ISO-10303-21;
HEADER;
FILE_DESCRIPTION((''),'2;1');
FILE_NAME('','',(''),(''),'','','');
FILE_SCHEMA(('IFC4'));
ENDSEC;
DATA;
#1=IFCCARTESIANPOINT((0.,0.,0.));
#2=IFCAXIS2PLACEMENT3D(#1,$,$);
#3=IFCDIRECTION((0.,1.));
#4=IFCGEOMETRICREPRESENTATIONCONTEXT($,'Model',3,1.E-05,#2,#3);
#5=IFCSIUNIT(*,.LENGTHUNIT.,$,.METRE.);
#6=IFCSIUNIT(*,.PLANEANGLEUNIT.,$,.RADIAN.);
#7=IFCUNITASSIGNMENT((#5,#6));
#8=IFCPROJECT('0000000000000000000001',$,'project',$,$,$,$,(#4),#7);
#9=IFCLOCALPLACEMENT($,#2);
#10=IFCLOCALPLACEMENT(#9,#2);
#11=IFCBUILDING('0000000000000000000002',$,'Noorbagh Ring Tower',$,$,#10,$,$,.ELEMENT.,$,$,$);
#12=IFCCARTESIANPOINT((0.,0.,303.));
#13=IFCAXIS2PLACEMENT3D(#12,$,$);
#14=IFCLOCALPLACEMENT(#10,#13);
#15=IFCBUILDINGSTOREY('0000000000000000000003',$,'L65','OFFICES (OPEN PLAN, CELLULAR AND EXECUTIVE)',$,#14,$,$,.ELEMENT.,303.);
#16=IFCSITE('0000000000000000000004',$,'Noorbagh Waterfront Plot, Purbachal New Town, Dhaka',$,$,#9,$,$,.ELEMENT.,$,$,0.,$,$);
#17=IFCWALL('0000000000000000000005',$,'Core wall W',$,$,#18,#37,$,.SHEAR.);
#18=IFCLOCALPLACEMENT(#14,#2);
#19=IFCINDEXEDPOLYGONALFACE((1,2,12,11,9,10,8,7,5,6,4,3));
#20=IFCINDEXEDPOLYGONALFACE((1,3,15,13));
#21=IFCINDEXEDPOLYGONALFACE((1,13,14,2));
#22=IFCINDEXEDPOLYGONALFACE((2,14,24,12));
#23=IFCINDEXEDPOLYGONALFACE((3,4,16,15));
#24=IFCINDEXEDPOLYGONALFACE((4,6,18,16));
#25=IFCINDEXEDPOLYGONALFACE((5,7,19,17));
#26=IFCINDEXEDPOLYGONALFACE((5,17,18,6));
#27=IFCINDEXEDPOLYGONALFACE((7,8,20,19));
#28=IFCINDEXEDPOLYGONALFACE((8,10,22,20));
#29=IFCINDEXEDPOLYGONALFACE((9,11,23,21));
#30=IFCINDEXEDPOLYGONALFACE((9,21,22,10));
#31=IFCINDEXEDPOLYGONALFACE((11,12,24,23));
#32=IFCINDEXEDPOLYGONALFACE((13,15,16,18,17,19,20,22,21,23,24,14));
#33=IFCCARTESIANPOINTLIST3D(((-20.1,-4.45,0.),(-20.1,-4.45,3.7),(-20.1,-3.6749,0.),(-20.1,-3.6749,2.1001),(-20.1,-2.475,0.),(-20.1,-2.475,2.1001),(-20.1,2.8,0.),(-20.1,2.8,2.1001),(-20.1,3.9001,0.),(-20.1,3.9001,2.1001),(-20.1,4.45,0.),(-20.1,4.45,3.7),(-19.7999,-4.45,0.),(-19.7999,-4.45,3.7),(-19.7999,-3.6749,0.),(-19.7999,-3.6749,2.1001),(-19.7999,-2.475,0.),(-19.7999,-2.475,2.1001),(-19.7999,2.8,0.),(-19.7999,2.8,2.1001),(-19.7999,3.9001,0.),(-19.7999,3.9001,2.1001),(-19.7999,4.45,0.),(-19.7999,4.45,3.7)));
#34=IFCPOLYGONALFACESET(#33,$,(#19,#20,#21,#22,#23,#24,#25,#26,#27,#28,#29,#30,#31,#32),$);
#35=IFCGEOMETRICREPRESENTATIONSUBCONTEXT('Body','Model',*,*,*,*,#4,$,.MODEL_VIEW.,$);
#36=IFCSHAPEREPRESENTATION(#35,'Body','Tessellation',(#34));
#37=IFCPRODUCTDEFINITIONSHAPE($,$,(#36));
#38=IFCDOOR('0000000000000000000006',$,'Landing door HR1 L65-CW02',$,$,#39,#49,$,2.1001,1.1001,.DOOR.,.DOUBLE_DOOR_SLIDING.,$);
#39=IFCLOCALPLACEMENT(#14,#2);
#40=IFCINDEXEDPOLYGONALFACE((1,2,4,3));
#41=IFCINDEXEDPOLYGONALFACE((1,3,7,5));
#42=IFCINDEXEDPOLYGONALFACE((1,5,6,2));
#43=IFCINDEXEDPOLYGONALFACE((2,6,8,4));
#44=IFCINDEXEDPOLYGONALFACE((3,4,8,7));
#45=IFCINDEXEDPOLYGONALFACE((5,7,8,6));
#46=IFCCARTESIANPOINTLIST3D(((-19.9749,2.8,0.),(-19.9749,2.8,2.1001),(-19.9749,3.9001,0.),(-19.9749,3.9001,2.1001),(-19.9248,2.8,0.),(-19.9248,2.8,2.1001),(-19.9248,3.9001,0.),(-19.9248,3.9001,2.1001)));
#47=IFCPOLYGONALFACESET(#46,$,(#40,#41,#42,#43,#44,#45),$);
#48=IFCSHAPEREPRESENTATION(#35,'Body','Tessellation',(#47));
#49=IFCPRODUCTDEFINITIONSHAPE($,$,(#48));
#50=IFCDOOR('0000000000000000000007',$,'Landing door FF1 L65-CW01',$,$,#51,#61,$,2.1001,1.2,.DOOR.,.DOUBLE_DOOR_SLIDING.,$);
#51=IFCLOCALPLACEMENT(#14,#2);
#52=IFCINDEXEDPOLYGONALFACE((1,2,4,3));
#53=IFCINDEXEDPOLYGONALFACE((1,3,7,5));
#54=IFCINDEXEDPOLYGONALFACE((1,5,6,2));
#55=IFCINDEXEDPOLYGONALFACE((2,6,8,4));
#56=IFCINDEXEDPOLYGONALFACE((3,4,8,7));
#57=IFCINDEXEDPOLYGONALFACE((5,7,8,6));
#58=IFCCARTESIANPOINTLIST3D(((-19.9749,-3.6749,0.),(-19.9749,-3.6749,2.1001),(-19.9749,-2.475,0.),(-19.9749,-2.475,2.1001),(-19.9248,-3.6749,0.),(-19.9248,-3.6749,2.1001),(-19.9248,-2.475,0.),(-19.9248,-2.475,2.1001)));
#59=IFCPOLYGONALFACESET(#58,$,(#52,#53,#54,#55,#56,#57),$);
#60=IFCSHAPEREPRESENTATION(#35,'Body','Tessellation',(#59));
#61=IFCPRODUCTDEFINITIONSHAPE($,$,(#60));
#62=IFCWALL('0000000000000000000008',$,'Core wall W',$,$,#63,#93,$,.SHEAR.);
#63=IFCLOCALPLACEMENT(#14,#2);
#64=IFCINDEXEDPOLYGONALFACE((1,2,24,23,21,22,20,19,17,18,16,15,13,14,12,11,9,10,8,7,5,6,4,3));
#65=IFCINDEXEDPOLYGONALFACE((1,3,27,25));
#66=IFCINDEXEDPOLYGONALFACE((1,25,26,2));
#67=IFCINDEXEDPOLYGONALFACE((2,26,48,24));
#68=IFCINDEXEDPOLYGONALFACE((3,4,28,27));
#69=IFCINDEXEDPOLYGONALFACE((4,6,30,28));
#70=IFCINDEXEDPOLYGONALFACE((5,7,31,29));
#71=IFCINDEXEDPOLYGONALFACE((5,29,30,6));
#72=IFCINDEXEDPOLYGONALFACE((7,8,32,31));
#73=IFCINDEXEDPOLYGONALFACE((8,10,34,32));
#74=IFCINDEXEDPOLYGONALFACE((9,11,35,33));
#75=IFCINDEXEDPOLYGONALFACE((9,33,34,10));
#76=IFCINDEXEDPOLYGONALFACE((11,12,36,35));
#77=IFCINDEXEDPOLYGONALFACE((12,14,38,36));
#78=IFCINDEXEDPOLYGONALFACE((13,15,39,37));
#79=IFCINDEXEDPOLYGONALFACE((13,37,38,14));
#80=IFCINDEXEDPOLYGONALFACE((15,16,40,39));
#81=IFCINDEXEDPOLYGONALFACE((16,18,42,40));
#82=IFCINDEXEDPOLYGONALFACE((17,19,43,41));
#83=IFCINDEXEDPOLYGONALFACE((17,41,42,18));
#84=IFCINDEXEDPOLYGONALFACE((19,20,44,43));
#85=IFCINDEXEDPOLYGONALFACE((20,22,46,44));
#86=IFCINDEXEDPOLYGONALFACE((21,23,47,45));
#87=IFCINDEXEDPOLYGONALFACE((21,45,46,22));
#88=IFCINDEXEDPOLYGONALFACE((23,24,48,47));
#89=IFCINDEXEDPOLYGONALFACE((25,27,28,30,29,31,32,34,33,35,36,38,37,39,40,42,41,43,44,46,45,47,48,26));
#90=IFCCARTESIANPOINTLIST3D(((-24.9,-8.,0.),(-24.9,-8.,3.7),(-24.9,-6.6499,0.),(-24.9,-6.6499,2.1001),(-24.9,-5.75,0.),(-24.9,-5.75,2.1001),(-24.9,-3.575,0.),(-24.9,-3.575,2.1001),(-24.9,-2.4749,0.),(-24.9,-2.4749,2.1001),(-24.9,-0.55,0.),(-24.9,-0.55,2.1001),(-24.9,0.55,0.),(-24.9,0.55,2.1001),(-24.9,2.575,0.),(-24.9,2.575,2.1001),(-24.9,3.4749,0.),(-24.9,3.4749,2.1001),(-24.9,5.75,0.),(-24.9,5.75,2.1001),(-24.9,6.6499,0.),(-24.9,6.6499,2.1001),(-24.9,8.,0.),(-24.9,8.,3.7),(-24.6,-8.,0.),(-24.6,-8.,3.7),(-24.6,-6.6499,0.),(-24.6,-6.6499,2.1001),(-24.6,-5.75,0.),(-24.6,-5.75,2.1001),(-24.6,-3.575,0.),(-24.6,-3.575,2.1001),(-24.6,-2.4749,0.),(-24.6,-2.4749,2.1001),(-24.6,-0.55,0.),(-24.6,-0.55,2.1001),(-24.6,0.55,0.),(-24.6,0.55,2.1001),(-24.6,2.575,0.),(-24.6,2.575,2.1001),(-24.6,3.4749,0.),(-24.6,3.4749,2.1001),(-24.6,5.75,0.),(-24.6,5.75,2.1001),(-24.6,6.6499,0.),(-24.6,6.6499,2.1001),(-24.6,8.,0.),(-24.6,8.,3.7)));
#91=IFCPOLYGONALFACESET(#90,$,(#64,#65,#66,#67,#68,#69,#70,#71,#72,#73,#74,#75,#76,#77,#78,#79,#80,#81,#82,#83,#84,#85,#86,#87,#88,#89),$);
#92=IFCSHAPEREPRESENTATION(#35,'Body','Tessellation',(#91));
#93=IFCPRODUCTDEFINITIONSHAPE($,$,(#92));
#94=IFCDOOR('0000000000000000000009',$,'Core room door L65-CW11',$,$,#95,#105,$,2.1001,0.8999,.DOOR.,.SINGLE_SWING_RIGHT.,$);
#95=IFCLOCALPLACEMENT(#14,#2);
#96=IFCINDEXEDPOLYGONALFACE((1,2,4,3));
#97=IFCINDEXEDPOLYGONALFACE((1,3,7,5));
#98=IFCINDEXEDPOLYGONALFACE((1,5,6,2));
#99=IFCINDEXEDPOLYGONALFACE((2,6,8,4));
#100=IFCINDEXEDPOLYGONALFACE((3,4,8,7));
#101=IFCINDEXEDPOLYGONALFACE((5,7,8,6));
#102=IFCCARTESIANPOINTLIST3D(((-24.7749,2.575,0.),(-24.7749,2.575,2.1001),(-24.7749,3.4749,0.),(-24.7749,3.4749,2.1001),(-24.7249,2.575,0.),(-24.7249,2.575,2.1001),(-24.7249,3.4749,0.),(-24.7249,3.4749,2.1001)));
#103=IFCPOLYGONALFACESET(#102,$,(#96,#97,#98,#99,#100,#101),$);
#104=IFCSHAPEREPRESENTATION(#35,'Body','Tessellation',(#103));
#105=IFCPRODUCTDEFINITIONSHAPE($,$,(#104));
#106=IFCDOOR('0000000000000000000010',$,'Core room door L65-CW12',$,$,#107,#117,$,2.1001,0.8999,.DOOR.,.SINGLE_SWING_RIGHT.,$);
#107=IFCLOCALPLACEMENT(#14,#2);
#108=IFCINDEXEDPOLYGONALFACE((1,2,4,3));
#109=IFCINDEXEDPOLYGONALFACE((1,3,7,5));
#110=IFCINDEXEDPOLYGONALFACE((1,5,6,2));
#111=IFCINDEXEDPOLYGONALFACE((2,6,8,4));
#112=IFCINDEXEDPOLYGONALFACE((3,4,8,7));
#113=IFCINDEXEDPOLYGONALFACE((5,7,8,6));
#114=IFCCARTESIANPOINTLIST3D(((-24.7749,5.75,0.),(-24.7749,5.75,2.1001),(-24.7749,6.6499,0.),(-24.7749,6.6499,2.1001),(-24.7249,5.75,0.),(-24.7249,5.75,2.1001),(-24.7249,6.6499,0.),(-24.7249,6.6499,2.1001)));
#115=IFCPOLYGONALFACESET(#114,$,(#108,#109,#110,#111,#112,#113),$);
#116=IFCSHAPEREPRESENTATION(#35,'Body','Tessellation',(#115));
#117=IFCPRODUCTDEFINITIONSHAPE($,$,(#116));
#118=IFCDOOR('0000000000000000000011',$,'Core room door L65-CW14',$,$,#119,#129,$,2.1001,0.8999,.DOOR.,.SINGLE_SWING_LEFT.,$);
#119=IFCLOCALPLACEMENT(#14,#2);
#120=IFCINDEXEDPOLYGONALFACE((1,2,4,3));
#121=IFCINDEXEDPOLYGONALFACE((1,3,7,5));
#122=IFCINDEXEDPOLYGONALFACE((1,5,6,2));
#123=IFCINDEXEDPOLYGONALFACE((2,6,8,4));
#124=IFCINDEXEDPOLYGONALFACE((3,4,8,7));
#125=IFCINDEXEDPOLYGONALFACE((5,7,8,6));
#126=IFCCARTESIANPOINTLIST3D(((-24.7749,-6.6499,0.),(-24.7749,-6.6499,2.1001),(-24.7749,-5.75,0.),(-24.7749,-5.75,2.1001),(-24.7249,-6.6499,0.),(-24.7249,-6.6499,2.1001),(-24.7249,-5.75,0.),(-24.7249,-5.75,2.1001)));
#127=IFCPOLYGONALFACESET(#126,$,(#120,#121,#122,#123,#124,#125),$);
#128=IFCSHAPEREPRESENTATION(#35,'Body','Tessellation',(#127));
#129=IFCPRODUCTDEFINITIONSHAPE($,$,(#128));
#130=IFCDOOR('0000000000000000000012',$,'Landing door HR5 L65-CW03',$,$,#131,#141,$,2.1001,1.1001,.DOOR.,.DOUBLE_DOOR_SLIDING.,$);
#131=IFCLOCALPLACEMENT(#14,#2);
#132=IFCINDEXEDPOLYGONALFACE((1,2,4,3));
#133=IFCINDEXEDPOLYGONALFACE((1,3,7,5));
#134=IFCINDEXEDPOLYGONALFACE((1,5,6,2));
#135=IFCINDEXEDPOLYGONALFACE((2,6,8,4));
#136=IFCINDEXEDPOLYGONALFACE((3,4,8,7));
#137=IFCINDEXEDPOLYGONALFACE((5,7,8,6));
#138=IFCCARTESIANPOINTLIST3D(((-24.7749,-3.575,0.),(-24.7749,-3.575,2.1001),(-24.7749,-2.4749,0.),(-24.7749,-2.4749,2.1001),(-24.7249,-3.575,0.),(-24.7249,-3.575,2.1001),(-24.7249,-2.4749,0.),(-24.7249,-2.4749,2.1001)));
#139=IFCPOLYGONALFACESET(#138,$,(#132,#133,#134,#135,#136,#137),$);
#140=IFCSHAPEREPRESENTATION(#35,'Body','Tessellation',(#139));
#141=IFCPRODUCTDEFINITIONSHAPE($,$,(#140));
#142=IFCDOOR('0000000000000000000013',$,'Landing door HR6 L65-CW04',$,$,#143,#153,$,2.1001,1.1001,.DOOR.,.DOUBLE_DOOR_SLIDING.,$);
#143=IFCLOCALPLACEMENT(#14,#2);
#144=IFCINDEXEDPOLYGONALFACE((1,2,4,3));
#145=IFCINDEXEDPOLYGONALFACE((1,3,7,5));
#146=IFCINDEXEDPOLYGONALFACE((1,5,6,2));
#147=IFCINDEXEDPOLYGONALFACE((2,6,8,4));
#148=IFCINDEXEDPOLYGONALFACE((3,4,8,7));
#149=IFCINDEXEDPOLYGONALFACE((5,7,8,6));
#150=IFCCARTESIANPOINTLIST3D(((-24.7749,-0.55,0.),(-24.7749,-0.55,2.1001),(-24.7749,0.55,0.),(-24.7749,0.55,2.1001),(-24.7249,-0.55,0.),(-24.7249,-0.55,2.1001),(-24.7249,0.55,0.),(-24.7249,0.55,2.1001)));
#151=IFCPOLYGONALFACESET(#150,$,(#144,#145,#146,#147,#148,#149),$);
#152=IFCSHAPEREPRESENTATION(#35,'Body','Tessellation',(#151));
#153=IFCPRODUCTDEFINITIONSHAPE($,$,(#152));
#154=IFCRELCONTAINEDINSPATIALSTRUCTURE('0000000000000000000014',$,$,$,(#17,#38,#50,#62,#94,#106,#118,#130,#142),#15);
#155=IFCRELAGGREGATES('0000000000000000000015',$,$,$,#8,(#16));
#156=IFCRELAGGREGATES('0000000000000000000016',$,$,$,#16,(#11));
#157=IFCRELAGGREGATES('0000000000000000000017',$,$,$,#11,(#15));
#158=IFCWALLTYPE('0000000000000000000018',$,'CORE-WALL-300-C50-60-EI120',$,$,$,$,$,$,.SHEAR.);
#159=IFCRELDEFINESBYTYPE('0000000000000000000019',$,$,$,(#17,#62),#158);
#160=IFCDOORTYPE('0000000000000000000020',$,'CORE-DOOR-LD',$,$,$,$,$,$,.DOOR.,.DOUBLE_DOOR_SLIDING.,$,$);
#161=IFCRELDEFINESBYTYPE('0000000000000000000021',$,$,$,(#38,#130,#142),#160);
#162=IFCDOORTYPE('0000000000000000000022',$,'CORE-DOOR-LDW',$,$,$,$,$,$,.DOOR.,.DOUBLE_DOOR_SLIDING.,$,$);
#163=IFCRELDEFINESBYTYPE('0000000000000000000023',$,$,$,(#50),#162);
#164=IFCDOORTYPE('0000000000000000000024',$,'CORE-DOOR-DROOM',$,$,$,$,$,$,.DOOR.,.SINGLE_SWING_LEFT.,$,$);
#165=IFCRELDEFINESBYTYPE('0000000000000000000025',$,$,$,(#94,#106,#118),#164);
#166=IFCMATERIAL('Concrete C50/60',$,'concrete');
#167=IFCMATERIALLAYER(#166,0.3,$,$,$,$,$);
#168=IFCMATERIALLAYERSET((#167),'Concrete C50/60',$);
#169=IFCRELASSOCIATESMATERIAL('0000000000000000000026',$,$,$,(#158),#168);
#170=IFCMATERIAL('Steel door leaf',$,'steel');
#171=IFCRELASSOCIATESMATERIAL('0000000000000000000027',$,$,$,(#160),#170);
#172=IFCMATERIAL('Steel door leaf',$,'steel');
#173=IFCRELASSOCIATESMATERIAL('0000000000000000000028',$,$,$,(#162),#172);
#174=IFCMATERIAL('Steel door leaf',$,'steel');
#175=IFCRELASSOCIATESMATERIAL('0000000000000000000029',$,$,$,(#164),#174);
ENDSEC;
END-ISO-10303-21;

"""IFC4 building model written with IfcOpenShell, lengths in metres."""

from ifc_helpers import new_model, si_unit, direction, frame, frame_2d, origin, place, context, subcontext, project, spatial, rectangle, extrude, material, layer, layer_set, type_object, element, fill, save


model = new_model("IFC4")

# Units and contexts
model_context = context("Model", 3, precision=1e-05, world=origin(), true_north=direction((0.0, 1.0)))
body_context = subcontext(model_context, "Body", "Model", "MODEL_VIEW")
ifc_project = project(units=[si_unit("LENGTHUNIT", "METRE"), si_unit("PLANEANGLEUNIT", "RADIAN")], contexts=[model_context])

# Site, building, storey
site_placement = place(None, origin())
site = spatial("IfcSite", under=ifc_project, at=site_placement, Name="Noorbagh Waterfront Plot, Purbachal New Town, Dhaka", CompositionType="ELEMENT", RefElevation=0.0)
building_placement = place(site_placement, origin())
building = spatial("IfcBuilding", under=site, at=building_placement, Name="Noorbagh Ring Tower", CompositionType="ELEMENT")
storey_placement = place(building_placement, frame((0.0, 0.0, 303.0)))
storey = spatial("IfcBuildingStorey", under=building, at=storey_placement, Name="L65", Description="OFFICES (OPEN PLAN, CELLULAR AND EXECUTIVE)", CompositionType="ELEMENT", Elevation=303.0)

# Shared definitions
ifc_material_1 = material(Name="Concrete C50/60", Category="concrete")
ifc_layer_1 = layer(ifc_material_1, 0.3)
ifc_layer_set_1 = layer_set([ifc_layer_1], Name="Concrete C50/60")
wall_type_1 = type_object("IfcWallType", Name="CORE-WALL-300-C50-60-EI120", PredefinedType="SHEAR", material=ifc_layer_set_1)

# Walls, openings, doors
wall_1_placement = place(storey_placement, frame((-19.95, -4.45, 0.0), z_axis=(0.0, 0.0, 1.0), x_axis=(0.0, 1.0, 0.0)))
wall_1 = element("IfcWall", 1, at=wall_1_placement, inside=storey, type_object=wall_type_1, Name="Core wall W", PredefinedType="SHEAR", context=body_context, shape_type="SweptSolid", body=[
    extrude(rectangle(XDim=8.8999, YDim=0.3, at=frame_2d((4.45, 0.0))), origin(), (0.0, 0.0, 1.0), 3.7),
])
opening_1_placement = place(wall_1_placement, frame((0.7749, 0.0, 0.0)))
opening_1 = element("IfcOpeningElement", 2, at=opening_1_placement, cuts=wall_1, PredefinedType="OPENING", context=body_context, shape_type="SweptSolid", body=[
    extrude(rectangle(XDim=1.2, YDim=2.1001, at=frame_2d((0.6001, 1.05))), frame((0.0, 0.1602, 0.0), z_axis=(0.0, -1.0, 0.0), x_axis=(1.0, 0.0, 0.0)), (0.0, 0.0, 1.0), 0.3201),
])
opening_2_placement = place(wall_1_placement, frame((7.25, 0.0, 0.0)))
opening_2 = element("IfcOpeningElement", 3, at=opening_2_placement, cuts=wall_1, PredefinedType="OPENING", context=body_context, shape_type="SweptSolid", body=[
    extrude(rectangle(XDim=1.1001, YDim=2.1001, at=frame_2d((0.55, 1.05))), frame((0.0, 0.1602, 0.0), z_axis=(0.0, -1.0, 0.0), x_axis=(1.0, 0.0, 0.0)), (0.0, 0.0, 1.0), 0.3201),
])
ifc_material_2 = material(Name="Steel door leaf", Category="steel")
door_type_1 = type_object("IfcDoorType", Name="CORE-DOOR-LD", OperationType="DOUBLE_DOOR_SLIDING", PredefinedType="DOOR", material=ifc_material_2)
door_1_placement = place(opening_2_placement, origin())
door_1 = element("IfcDoor", 4, at=door_1_placement, inside=storey, type_object=door_type_1, Name="Landing door HR1 L65-CW02", OperationType="DOUBLE_DOOR_SLIDING", OverallHeight=2.1001, OverallWidth=1.1001, PredefinedType="DOOR", context=body_context, shape_type="SweptSolid", body=[
    extrude(rectangle(XDim=1.1001, YDim=2.1001, at=frame_2d((0.55, 1.05))), frame((0.0, 0.0249, 0.0), z_axis=(0.0, -1.0, 0.0), x_axis=(1.0, 0.0, 0.0)), (0.0, 0.0, 1.0), 0.05),
])
fill(opening_2, door_1)
ifc_material_3 = material(Name="Steel door leaf", Category="steel")
door_type_2 = type_object("IfcDoorType", Name="CORE-DOOR-LDW", OperationType="DOUBLE_DOOR_SLIDING", PredefinedType="DOOR", material=ifc_material_3)
door_2_placement = place(opening_1_placement, origin())
door_2 = element("IfcDoor", 5, at=door_2_placement, inside=storey, type_object=door_type_2, Name="Landing door FF1 L65-CW01", OperationType="DOUBLE_DOOR_SLIDING", OverallHeight=2.1001, OverallWidth=1.2, PredefinedType="DOOR", context=body_context, shape_type="SweptSolid", body=[
    extrude(rectangle(XDim=1.2, YDim=2.1001, at=frame_2d((0.6001, 1.05))), frame((0.0, 0.0249, 0.0), z_axis=(0.0, -1.0, 0.0), x_axis=(1.0, 0.0, 0.0)), (0.0, 0.0, 1.0), 0.05),
])
fill(opening_1, door_2)
wall_2_placement = place(storey_placement, frame((-24.75, -8.0, 0.0), z_axis=(0.0, 0.0, 1.0), x_axis=(0.0, 1.0, 0.0)))
wall_2 = element("IfcWall", 6, at=wall_2_placement, inside=storey, type_object=wall_type_1, Name="Core wall W", PredefinedType="SHEAR", context=body_context, shape_type="SweptSolid", body=[
    extrude(rectangle(XDim=16.0, YDim=0.3, at=frame_2d((8.0, 0.0))), origin(), (0.0, 0.0, 1.0), 3.7),
])
opening_3_placement = place(wall_2_placement, frame((4.425, 0.0, 0.0)))
opening_3 = element("IfcOpeningElement", 7, at=opening_3_placement, cuts=wall_2, PredefinedType="OPENING", context=body_context, shape_type="SweptSolid", body=[
    extrude(rectangle(XDim=1.1001, YDim=2.1001, at=frame_2d((0.55, 1.05))), frame((0.0, 0.1602, 0.0), z_axis=(0.0, -1.0, 0.0), x_axis=(1.0, 0.0, 0.0)), (0.0, 0.0, 1.0), 0.3201),
])
opening_4_placement = place(wall_2_placement, frame((7.45, 0.0, 0.0)))
opening_4 = element("IfcOpeningElement", 8, at=opening_4_placement, cuts=wall_2, PredefinedType="OPENING", context=body_context, shape_type="SweptSolid", body=[
    extrude(rectangle(XDim=1.1001, YDim=2.1001, at=frame_2d((0.55, 1.05))), frame((0.0, 0.1602, 0.0), z_axis=(0.0, -1.0, 0.0), x_axis=(1.0, 0.0, 0.0)), (0.0, 0.0, 1.0), 0.3201),
])
opening_5_placement = place(wall_2_placement, frame((10.575, 0.0, 0.0)))
opening_5 = element("IfcOpeningElement", 9, at=opening_5_placement, cuts=wall_2, PredefinedType="OPENING", context=body_context, shape_type="SweptSolid", body=[
    extrude(rectangle(XDim=0.8999, YDim=2.1001, at=frame_2d((0.45, 1.05))), frame((0.0, 0.1602, 0.0), z_axis=(0.0, -1.0, 0.0), x_axis=(1.0, 0.0, 0.0)), (0.0, 0.0, 1.0), 0.3201),
])
opening_6_placement = place(wall_2_placement, frame((13.75, 0.0, 0.0)))
opening_6 = element("IfcOpeningElement", 10, at=opening_6_placement, cuts=wall_2, PredefinedType="OPENING", context=body_context, shape_type="SweptSolid", body=[
    extrude(rectangle(XDim=0.8999, YDim=2.1001, at=frame_2d((0.45, 1.05))), frame((0.0, 0.1602, 0.0), z_axis=(0.0, -1.0, 0.0), x_axis=(1.0, 0.0, 0.0)), (0.0, 0.0, 1.0), 0.3201),
])
opening_7_placement = place(wall_2_placement, frame((1.3501, 0.0, 0.0)))
opening_7 = element("IfcOpeningElement", 11, at=opening_7_placement, cuts=wall_2, PredefinedType="OPENING", context=body_context, shape_type="SweptSolid", body=[
    extrude(rectangle(XDim=0.8999, YDim=2.1001, at=frame_2d((0.45, 1.05))), frame((0.0, 0.1602, 0.0), z_axis=(0.0, -1.0, 0.0), x_axis=(1.0, 0.0, 0.0)), (0.0, 0.0, 1.0), 0.3201),
])
ifc_material_4 = material(Name="Steel door leaf", Category="steel")
door_type_3 = type_object("IfcDoorType", Name="CORE-DOOR-DROOM", OperationType="SINGLE_SWING_LEFT", PredefinedType="DOOR", material=ifc_material_4)
door_3_placement = place(opening_5_placement, origin())
door_3 = element("IfcDoor", 12, at=door_3_placement, inside=storey, type_object=door_type_3, Name="Core room door L65-CW11", OperationType="SINGLE_SWING_RIGHT", OverallHeight=2.1001, OverallWidth=0.8999, PredefinedType="DOOR", context=body_context, shape_type="SweptSolid", body=[
    extrude(rectangle(XDim=0.8999, YDim=2.1001, at=frame_2d((0.45, 1.05))), frame((0.0, 0.0249, 0.0), z_axis=(0.0, -1.0, 0.0), x_axis=(1.0, 0.0, 0.0)), (0.0, 0.0, 1.0), 0.05),
])
fill(opening_5, door_3)
door_4_placement = place(opening_6_placement, origin())
door_4 = element("IfcDoor", 13, at=door_4_placement, inside=storey, type_object=door_type_3, Name="Core room door L65-CW12", OperationType="SINGLE_SWING_RIGHT", OverallHeight=2.1001, OverallWidth=0.8999, PredefinedType="DOOR", context=body_context, shape_type="SweptSolid", body=[
    extrude(rectangle(XDim=0.8999, YDim=2.1001, at=frame_2d((0.45, 1.05))), frame((0.0, 0.0249, 0.0), z_axis=(0.0, -1.0, 0.0), x_axis=(1.0, 0.0, 0.0)), (0.0, 0.0, 1.0), 0.05),
])
fill(opening_6, door_4)
door_5_placement = place(opening_7_placement, origin())
door_5 = element("IfcDoor", 14, at=door_5_placement, inside=storey, type_object=door_type_3, Name="Core room door L65-CW14", OperationType="SINGLE_SWING_LEFT", OverallHeight=2.1001, OverallWidth=0.8999, PredefinedType="DOOR", context=body_context, shape_type="SweptSolid", body=[
    extrude(rectangle(XDim=0.8999, YDim=2.1001, at=frame_2d((0.45, 1.05))), frame((0.0, 0.0249, 0.0), z_axis=(0.0, -1.0, 0.0), x_axis=(1.0, 0.0, 0.0)), (0.0, 0.0, 1.0), 0.05),
])
fill(opening_7, door_5)
door_6_placement = place(opening_3_placement, origin())
door_6 = element("IfcDoor", 15, at=door_6_placement, inside=storey, type_object=door_type_1, Name="Landing door HR5 L65-CW03", OperationType="DOUBLE_DOOR_SLIDING", OverallHeight=2.1001, OverallWidth=1.1001, PredefinedType="DOOR", context=body_context, shape_type="SweptSolid", body=[
    extrude(rectangle(XDim=1.1001, YDim=2.1001, at=frame_2d((0.55, 1.05))), frame((0.0, 0.0249, 0.0), z_axis=(0.0, -1.0, 0.0), x_axis=(1.0, 0.0, 0.0)), (0.0, 0.0, 1.0), 0.05),
])
fill(opening_3, door_6)
door_7_placement = place(opening_4_placement, origin())
door_7 = element("IfcDoor", 16, at=door_7_placement, inside=storey, type_object=door_type_1, Name="Landing door HR6 L65-CW04", OperationType="DOUBLE_DOOR_SLIDING", OverallHeight=2.1001, OverallWidth=1.1001, PredefinedType="DOOR", context=body_context, shape_type="SweptSolid", body=[
    extrude(rectangle(XDim=1.1001, YDim=2.1001, at=frame_2d((0.55, 1.05))), frame((0.0, 0.0249, 0.0), z_axis=(0.0, -1.0, 0.0), x_axis=(1.0, 0.0, 0.0)), (0.0, 0.0, 1.0), 0.05),
])
fill(opening_4, door_7)

save(model, "model.ifc")
